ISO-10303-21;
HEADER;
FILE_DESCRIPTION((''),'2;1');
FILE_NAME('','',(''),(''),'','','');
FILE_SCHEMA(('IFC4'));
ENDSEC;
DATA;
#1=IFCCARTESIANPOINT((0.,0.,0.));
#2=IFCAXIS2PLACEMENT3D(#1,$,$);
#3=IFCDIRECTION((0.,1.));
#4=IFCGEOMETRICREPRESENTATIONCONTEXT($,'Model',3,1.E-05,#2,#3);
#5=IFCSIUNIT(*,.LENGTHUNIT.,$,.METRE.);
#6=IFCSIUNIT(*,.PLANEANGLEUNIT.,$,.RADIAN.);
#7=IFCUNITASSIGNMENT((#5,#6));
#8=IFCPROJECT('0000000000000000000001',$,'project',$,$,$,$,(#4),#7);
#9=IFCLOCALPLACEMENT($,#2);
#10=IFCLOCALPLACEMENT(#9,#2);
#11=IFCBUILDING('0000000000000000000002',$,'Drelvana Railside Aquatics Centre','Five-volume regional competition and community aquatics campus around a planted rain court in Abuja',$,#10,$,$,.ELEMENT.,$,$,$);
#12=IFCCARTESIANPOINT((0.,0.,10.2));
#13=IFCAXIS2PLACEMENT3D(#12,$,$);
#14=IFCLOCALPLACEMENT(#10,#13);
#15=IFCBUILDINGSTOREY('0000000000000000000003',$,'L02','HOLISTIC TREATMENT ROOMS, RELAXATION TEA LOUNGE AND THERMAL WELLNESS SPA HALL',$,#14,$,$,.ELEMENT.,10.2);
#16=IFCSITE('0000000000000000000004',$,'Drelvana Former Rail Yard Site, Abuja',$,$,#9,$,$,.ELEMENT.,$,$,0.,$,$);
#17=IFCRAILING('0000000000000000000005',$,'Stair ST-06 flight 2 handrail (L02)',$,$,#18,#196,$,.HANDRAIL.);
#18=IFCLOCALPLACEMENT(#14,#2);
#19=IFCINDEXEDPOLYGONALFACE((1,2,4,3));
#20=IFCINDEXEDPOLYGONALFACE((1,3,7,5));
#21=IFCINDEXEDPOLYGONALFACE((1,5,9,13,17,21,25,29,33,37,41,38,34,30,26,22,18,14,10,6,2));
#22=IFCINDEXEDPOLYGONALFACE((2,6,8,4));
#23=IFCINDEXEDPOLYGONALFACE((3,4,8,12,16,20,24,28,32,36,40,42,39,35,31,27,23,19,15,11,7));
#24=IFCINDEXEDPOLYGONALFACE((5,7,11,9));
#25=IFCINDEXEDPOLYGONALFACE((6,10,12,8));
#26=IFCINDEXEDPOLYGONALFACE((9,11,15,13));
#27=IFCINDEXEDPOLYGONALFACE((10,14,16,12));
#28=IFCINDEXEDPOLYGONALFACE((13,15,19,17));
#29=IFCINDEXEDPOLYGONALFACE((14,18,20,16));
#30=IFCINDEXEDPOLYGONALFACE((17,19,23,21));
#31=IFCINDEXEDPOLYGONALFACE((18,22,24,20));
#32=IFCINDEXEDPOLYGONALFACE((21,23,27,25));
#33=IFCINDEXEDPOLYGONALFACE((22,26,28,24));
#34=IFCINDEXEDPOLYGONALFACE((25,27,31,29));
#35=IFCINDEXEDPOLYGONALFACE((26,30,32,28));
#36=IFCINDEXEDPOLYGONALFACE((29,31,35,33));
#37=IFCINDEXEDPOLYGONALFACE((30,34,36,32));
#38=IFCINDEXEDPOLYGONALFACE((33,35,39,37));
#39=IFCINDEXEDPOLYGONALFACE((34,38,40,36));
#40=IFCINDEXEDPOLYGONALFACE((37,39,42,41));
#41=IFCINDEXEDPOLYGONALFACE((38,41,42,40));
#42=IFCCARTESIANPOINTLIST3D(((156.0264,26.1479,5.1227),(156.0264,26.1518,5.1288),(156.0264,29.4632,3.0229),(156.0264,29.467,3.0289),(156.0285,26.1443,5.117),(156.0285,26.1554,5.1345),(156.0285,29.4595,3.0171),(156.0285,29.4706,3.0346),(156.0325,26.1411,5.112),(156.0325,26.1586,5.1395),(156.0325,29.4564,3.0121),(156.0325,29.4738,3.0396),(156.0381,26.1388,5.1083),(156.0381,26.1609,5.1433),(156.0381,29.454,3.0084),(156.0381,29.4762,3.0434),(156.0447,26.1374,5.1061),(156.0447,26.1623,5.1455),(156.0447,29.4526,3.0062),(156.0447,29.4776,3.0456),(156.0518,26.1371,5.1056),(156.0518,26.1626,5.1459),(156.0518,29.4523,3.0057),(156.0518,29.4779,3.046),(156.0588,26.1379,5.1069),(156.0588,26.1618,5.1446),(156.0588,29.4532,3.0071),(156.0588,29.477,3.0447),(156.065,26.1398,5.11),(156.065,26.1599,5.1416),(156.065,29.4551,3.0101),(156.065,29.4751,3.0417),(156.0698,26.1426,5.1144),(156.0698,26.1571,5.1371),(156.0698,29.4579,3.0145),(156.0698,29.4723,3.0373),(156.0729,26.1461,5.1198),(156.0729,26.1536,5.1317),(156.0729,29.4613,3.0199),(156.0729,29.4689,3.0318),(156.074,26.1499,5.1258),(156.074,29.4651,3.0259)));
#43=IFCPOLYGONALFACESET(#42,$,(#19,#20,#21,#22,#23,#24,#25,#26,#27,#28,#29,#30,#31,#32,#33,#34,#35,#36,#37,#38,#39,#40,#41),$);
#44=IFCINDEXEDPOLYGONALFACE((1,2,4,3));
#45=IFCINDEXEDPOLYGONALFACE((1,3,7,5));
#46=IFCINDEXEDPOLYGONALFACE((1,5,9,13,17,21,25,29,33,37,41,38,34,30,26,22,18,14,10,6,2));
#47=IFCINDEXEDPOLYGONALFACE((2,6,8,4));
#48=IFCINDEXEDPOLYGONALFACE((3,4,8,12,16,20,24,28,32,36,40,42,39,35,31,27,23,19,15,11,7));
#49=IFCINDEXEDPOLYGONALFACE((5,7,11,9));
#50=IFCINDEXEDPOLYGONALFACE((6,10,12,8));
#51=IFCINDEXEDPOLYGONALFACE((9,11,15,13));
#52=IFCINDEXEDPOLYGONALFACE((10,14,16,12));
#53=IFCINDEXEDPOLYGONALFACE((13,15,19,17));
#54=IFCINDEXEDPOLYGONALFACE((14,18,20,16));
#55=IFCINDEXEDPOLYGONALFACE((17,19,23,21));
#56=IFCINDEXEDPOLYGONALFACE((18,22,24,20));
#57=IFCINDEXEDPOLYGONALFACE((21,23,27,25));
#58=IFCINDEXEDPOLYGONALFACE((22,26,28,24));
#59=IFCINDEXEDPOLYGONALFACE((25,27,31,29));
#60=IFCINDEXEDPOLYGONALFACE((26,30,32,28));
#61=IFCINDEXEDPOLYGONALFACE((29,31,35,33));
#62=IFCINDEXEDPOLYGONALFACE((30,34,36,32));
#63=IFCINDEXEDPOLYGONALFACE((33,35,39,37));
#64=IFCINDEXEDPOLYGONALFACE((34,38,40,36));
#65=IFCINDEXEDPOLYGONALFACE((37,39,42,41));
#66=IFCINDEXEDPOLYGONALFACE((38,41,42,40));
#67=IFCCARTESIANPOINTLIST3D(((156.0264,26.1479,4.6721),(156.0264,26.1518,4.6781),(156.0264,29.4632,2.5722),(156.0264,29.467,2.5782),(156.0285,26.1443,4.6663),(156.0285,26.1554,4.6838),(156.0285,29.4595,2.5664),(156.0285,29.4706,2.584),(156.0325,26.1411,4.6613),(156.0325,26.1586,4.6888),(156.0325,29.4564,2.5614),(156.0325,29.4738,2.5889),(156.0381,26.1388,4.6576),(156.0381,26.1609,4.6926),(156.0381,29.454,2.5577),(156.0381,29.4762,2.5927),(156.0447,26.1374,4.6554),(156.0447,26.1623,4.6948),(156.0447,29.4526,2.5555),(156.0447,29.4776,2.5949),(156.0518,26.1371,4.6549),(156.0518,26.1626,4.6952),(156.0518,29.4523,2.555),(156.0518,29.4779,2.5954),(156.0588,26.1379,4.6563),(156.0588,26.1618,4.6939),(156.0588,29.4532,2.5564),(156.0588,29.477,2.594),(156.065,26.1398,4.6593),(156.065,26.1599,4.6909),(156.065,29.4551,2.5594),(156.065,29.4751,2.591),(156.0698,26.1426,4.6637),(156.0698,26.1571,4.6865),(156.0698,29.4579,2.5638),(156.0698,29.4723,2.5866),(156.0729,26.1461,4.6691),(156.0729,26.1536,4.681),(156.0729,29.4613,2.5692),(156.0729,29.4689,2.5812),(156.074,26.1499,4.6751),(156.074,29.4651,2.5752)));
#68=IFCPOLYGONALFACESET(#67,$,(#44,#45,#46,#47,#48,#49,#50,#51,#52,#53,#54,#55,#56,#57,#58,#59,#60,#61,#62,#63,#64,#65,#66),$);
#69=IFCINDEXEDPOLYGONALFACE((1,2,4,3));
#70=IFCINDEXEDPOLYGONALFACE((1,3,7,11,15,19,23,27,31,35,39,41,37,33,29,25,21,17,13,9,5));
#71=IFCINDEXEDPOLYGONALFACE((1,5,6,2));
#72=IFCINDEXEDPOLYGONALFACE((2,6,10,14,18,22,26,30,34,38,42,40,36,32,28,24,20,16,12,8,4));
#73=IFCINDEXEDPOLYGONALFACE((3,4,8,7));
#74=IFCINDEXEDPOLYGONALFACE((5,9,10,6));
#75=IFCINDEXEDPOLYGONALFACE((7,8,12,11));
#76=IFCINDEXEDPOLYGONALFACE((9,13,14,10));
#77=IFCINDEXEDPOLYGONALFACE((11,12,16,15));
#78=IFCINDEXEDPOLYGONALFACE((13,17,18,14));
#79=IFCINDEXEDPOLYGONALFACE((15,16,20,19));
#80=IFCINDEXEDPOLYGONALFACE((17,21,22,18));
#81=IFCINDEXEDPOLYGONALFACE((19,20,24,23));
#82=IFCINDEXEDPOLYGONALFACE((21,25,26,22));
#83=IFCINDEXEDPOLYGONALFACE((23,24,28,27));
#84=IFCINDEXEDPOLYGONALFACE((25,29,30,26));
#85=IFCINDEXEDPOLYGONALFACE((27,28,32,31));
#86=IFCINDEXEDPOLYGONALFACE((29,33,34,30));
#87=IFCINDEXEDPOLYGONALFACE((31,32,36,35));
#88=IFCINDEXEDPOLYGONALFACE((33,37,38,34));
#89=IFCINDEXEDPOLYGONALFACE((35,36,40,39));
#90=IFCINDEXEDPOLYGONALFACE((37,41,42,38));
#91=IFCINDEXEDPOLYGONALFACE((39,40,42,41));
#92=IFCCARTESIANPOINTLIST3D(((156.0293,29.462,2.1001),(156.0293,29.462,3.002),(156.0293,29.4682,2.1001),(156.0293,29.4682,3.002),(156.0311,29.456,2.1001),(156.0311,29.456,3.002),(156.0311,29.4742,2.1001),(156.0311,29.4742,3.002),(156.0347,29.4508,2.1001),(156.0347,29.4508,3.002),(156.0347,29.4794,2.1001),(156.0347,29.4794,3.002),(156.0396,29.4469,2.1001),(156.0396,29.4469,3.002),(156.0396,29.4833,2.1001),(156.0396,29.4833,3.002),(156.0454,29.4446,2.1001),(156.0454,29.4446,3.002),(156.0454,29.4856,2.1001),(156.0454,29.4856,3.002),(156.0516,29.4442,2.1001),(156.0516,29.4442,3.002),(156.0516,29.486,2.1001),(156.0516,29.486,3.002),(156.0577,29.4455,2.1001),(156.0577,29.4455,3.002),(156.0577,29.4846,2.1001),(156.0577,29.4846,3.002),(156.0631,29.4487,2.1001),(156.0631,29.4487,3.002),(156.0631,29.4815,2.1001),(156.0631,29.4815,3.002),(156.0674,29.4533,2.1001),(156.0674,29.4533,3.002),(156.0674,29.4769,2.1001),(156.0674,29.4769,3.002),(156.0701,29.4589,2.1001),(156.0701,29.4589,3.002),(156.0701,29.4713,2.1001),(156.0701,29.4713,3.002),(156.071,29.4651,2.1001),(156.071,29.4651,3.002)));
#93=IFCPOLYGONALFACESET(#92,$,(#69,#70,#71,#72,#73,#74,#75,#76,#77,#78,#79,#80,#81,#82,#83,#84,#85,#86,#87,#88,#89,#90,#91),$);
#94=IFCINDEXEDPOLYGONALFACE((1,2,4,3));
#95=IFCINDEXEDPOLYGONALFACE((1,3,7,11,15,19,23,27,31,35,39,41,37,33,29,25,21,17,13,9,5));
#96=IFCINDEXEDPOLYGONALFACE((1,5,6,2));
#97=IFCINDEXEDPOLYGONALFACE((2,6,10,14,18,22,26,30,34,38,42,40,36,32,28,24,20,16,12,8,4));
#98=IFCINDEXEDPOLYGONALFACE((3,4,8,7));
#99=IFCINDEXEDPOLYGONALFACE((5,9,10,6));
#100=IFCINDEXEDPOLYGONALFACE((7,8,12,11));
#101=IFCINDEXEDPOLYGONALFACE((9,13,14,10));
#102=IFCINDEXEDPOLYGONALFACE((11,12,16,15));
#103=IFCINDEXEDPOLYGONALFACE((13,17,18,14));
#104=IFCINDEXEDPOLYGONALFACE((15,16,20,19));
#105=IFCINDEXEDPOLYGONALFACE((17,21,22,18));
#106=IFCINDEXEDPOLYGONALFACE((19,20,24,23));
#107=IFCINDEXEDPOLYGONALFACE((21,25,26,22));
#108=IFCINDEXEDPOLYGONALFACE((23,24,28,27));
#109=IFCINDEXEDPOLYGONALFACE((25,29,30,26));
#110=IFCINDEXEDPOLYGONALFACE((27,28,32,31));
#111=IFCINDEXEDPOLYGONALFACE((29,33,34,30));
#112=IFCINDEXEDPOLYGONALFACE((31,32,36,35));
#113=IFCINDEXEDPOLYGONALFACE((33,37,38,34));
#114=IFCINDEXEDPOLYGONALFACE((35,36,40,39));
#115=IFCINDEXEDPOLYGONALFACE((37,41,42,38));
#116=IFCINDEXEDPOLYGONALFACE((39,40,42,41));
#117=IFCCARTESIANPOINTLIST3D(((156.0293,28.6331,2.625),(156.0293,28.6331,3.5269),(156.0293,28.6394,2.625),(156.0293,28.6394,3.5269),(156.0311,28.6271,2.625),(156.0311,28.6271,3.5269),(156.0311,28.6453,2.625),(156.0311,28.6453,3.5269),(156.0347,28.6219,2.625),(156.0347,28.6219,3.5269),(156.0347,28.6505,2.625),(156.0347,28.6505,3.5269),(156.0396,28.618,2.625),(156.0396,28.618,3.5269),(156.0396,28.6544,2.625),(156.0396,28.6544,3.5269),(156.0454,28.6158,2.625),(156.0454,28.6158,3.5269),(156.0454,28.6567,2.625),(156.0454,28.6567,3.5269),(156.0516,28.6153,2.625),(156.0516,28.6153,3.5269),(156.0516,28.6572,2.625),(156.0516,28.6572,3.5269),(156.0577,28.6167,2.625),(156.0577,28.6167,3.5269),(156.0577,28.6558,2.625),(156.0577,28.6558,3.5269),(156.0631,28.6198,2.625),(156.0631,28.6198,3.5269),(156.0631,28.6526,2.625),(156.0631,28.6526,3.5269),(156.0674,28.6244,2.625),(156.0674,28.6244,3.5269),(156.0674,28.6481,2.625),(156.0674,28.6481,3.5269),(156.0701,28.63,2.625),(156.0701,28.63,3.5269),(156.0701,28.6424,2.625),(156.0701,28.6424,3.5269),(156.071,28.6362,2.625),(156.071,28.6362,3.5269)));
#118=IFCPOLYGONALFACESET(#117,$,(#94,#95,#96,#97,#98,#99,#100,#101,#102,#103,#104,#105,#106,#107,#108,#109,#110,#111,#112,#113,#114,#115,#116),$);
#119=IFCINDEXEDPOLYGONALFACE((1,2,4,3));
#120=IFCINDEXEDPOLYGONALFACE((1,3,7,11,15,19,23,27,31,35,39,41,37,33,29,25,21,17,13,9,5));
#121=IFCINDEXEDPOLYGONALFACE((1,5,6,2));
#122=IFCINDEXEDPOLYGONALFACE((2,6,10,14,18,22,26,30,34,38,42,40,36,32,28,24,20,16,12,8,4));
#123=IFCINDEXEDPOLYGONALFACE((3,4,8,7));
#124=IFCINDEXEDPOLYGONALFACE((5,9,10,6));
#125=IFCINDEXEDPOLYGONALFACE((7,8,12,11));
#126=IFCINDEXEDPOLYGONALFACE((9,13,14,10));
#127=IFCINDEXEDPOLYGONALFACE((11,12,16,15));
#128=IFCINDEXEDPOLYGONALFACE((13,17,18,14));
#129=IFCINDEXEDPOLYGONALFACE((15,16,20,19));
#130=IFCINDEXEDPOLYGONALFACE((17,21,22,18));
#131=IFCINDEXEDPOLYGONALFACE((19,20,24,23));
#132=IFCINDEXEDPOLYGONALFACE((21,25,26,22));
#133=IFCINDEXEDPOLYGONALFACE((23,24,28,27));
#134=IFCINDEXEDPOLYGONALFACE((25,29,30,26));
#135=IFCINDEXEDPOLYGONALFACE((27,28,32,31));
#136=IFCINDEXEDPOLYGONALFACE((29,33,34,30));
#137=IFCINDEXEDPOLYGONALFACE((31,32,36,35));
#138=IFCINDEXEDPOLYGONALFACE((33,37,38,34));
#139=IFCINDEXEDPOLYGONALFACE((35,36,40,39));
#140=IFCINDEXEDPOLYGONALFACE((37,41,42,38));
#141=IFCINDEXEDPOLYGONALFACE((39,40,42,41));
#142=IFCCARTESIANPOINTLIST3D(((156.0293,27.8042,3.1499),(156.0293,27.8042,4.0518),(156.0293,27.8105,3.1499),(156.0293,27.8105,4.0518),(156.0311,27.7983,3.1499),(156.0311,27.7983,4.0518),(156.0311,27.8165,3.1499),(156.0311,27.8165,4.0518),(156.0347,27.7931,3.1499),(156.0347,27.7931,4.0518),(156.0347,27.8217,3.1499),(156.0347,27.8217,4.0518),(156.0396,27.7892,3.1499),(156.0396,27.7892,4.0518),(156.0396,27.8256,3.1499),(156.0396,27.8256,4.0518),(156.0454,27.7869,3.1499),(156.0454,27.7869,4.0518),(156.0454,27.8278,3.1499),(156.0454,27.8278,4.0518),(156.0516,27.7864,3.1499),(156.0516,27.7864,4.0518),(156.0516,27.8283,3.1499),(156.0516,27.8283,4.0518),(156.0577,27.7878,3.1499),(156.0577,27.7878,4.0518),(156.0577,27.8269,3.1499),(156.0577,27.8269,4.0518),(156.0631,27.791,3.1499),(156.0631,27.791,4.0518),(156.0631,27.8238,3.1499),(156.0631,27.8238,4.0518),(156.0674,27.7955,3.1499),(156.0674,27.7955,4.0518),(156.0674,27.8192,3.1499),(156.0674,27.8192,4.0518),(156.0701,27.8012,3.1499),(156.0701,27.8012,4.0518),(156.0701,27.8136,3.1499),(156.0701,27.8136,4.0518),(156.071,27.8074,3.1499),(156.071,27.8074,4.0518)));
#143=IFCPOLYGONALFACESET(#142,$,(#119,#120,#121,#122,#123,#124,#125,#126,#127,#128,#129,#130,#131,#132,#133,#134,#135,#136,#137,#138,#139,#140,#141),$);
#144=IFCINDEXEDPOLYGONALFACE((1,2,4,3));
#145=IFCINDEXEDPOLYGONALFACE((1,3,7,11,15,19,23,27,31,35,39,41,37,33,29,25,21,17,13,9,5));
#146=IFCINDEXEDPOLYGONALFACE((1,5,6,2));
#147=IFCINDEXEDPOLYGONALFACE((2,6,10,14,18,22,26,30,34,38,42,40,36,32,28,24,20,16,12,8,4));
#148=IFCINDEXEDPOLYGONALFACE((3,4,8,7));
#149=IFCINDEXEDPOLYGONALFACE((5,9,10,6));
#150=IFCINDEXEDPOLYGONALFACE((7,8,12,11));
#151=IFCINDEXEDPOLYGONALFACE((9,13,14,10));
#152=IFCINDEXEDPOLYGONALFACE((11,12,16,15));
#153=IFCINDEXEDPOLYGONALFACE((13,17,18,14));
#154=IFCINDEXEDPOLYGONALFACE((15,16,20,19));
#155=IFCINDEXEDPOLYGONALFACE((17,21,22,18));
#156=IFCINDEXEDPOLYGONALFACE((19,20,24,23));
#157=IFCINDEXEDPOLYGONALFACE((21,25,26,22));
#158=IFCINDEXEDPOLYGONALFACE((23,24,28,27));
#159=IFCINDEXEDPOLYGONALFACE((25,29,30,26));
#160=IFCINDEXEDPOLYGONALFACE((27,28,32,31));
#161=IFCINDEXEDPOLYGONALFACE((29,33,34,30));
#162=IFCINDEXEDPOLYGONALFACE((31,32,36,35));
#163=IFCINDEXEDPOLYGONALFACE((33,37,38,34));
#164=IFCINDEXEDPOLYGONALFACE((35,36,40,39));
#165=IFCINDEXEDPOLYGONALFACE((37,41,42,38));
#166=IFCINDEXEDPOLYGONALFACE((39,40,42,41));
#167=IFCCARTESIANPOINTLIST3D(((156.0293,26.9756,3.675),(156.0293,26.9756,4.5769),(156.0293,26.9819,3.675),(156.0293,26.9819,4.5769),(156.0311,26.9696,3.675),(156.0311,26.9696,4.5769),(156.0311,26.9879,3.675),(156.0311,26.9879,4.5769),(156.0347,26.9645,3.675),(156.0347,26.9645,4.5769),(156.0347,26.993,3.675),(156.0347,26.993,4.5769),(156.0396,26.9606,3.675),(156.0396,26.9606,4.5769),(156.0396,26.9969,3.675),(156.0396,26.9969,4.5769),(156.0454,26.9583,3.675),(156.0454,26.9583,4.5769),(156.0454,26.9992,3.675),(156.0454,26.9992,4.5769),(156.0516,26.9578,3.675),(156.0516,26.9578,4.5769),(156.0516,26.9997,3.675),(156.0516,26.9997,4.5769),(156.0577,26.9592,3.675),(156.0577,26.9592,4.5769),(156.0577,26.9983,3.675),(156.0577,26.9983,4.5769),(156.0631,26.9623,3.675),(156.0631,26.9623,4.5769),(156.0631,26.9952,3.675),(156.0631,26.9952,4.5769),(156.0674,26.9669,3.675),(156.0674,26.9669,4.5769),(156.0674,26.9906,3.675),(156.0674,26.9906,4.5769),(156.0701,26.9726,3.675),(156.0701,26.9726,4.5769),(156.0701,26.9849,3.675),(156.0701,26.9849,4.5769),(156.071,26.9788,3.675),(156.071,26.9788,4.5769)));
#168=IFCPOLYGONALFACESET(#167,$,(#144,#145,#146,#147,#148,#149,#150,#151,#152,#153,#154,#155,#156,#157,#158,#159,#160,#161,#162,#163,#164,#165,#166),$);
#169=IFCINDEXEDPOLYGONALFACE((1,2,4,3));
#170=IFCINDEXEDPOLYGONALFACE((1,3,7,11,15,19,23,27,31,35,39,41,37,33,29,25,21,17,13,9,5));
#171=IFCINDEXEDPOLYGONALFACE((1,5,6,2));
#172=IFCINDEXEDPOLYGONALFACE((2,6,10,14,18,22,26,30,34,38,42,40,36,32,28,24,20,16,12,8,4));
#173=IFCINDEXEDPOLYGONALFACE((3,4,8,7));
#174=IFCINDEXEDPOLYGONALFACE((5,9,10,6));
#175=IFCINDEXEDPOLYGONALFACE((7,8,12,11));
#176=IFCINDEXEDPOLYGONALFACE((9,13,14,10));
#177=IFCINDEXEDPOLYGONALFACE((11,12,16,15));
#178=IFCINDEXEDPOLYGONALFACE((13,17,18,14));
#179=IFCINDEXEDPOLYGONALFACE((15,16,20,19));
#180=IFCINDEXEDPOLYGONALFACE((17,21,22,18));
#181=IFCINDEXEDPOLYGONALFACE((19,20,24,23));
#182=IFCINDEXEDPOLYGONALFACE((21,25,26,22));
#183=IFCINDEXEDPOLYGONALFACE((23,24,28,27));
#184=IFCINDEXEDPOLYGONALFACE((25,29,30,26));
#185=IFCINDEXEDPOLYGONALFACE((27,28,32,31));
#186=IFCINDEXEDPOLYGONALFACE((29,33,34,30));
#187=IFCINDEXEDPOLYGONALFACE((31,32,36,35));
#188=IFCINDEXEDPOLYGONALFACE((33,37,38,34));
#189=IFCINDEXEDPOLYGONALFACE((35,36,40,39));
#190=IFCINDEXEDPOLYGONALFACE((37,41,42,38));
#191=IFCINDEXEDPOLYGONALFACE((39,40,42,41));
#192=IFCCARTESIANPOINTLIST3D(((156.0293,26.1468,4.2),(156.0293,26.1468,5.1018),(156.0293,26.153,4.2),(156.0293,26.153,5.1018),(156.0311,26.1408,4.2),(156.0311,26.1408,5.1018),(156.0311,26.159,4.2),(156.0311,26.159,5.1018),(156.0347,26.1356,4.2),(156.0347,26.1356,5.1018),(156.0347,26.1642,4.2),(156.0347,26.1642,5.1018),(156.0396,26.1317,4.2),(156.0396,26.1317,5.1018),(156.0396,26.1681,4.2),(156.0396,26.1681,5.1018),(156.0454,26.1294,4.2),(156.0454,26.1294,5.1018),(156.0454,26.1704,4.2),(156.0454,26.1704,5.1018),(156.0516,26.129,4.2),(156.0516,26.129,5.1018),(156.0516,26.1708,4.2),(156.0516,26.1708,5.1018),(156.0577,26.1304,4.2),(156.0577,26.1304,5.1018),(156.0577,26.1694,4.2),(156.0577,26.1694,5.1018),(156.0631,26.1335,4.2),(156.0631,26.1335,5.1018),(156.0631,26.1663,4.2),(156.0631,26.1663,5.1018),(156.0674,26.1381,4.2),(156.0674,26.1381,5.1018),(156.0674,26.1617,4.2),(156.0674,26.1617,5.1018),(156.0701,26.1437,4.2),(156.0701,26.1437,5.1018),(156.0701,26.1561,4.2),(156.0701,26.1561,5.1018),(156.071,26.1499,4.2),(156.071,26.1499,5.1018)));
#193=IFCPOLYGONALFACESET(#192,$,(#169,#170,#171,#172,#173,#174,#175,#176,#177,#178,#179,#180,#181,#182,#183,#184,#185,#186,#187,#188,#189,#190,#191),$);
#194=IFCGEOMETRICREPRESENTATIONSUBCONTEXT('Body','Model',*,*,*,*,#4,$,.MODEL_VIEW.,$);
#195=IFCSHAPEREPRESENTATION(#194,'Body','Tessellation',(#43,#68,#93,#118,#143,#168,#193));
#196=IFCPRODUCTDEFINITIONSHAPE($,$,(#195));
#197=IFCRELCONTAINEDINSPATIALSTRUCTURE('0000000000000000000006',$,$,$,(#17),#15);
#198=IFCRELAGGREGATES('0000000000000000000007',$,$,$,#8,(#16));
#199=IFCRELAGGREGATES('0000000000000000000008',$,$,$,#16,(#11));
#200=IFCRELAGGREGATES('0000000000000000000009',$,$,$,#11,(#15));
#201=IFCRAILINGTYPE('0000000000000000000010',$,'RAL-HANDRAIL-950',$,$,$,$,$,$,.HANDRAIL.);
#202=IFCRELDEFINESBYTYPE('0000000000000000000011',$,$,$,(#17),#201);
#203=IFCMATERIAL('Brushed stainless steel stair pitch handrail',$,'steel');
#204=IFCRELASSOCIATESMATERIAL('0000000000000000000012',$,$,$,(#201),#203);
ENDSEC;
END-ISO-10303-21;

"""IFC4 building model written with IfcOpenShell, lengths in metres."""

from ifc_helpers import new_model, si_unit, direction, frame, origin, origin_2d, place, context, subcontext, project, spatial, circle, extrude, material, type_object, element, save


model = new_model("IFC4")

# Units and contexts
model_context = context("Model", 3, precision=1e-05, world=origin(), true_north=direction((0.0, 1.0)))
body_context = subcontext(model_context, "Body", "Model", "MODEL_VIEW")
ifc_project = project(units=[si_unit("LENGTHUNIT", "METRE"), si_unit("PLANEANGLEUNIT", "RADIAN")], contexts=[model_context])

# Site, building, storey
site_placement = place(None, origin())
site = spatial("IfcSite", under=ifc_project, at=site_placement, Name="Drelvana Former Rail Yard Site, Abuja", CompositionType="ELEMENT", RefElevation=0.0)
building_placement = place(site_placement, origin())
building = spatial("IfcBuilding", under=site, at=building_placement, Name="Drelvana Railside Aquatics Centre", Description="Five-volume regional competition and community aquatics campus around a planted rain court in Abuja", CompositionType="ELEMENT")
storey_placement = place(building_placement, frame((0.0, 0.0, 10.2)))
storey = spatial("IfcBuildingStorey", under=building, at=storey_placement, Name="L02", Description="HOLISTIC TREATMENT ROOMS, RELAXATION TEA LOUNGE AND THERMAL WELLNESS SPA HALL", CompositionType="ELEMENT", Elevation=10.2)

# Railing
ifc_material_1 = material(Name="Brushed stainless steel stair pitch handrail", Category="steel")
railing_type = type_object("IfcRailingType", Name="RAL-HANDRAIL-950", PredefinedType="HANDRAIL", material=ifc_material_1)
railing_1_placement = place(storey_placement, frame((156.05, 29.4651, 2.1001)))
element("IfcRailing", 1, at=railing_1_placement, inside=storey, type_object=railing_type, Name="Stair ST-06 flight 2 handrail (L02)", PredefinedType="HANDRAIL", context=body_context, shape_type="SweptSolid", body=[
    extrude(circle(Radius=0.0239, at=origin_2d()), frame((0.0, 0.0, 0.9258), z_axis=(0.0, -0.844792, 0.535095), x_axis=(1.0, 0.0, 0.0)), (0.0, 0.0, 1.0), 3.9243),
    extrude(circle(Radius=0.0239, at=origin_2d()), frame((0.0, 0.0, 0.4751), z_axis=(0.0, -0.844792, 0.535095), x_axis=(1.0, 0.0, 0.0)), (0.0, 0.0, 1.0), 3.9243),
    extrude(circle(Radius=0.021, at=origin_2d()), origin(), (0.0, 0.0, 1.0), 0.9019),
    extrude(circle(Radius=0.021, at=origin_2d()), frame((0.0, -0.8289, 0.5249)), (0.0, 0.0, 1.0), 0.9019),
    extrude(circle(Radius=0.021, at=origin_2d()), frame((0.0, -1.6577, 1.0498)), (0.0, 0.0, 1.0), 0.9019),
    extrude(circle(Radius=0.021, at=origin_2d()), frame((0.0, -2.4863, 1.575)), (0.0, 0.0, 1.0), 0.9019),
    extrude(circle(Radius=0.021, at=origin_2d()), frame((0.0, -3.3152, 2.0999)), (0.0, 0.0, 1.0), 0.9019),
])

save(model, "model.ifc")
